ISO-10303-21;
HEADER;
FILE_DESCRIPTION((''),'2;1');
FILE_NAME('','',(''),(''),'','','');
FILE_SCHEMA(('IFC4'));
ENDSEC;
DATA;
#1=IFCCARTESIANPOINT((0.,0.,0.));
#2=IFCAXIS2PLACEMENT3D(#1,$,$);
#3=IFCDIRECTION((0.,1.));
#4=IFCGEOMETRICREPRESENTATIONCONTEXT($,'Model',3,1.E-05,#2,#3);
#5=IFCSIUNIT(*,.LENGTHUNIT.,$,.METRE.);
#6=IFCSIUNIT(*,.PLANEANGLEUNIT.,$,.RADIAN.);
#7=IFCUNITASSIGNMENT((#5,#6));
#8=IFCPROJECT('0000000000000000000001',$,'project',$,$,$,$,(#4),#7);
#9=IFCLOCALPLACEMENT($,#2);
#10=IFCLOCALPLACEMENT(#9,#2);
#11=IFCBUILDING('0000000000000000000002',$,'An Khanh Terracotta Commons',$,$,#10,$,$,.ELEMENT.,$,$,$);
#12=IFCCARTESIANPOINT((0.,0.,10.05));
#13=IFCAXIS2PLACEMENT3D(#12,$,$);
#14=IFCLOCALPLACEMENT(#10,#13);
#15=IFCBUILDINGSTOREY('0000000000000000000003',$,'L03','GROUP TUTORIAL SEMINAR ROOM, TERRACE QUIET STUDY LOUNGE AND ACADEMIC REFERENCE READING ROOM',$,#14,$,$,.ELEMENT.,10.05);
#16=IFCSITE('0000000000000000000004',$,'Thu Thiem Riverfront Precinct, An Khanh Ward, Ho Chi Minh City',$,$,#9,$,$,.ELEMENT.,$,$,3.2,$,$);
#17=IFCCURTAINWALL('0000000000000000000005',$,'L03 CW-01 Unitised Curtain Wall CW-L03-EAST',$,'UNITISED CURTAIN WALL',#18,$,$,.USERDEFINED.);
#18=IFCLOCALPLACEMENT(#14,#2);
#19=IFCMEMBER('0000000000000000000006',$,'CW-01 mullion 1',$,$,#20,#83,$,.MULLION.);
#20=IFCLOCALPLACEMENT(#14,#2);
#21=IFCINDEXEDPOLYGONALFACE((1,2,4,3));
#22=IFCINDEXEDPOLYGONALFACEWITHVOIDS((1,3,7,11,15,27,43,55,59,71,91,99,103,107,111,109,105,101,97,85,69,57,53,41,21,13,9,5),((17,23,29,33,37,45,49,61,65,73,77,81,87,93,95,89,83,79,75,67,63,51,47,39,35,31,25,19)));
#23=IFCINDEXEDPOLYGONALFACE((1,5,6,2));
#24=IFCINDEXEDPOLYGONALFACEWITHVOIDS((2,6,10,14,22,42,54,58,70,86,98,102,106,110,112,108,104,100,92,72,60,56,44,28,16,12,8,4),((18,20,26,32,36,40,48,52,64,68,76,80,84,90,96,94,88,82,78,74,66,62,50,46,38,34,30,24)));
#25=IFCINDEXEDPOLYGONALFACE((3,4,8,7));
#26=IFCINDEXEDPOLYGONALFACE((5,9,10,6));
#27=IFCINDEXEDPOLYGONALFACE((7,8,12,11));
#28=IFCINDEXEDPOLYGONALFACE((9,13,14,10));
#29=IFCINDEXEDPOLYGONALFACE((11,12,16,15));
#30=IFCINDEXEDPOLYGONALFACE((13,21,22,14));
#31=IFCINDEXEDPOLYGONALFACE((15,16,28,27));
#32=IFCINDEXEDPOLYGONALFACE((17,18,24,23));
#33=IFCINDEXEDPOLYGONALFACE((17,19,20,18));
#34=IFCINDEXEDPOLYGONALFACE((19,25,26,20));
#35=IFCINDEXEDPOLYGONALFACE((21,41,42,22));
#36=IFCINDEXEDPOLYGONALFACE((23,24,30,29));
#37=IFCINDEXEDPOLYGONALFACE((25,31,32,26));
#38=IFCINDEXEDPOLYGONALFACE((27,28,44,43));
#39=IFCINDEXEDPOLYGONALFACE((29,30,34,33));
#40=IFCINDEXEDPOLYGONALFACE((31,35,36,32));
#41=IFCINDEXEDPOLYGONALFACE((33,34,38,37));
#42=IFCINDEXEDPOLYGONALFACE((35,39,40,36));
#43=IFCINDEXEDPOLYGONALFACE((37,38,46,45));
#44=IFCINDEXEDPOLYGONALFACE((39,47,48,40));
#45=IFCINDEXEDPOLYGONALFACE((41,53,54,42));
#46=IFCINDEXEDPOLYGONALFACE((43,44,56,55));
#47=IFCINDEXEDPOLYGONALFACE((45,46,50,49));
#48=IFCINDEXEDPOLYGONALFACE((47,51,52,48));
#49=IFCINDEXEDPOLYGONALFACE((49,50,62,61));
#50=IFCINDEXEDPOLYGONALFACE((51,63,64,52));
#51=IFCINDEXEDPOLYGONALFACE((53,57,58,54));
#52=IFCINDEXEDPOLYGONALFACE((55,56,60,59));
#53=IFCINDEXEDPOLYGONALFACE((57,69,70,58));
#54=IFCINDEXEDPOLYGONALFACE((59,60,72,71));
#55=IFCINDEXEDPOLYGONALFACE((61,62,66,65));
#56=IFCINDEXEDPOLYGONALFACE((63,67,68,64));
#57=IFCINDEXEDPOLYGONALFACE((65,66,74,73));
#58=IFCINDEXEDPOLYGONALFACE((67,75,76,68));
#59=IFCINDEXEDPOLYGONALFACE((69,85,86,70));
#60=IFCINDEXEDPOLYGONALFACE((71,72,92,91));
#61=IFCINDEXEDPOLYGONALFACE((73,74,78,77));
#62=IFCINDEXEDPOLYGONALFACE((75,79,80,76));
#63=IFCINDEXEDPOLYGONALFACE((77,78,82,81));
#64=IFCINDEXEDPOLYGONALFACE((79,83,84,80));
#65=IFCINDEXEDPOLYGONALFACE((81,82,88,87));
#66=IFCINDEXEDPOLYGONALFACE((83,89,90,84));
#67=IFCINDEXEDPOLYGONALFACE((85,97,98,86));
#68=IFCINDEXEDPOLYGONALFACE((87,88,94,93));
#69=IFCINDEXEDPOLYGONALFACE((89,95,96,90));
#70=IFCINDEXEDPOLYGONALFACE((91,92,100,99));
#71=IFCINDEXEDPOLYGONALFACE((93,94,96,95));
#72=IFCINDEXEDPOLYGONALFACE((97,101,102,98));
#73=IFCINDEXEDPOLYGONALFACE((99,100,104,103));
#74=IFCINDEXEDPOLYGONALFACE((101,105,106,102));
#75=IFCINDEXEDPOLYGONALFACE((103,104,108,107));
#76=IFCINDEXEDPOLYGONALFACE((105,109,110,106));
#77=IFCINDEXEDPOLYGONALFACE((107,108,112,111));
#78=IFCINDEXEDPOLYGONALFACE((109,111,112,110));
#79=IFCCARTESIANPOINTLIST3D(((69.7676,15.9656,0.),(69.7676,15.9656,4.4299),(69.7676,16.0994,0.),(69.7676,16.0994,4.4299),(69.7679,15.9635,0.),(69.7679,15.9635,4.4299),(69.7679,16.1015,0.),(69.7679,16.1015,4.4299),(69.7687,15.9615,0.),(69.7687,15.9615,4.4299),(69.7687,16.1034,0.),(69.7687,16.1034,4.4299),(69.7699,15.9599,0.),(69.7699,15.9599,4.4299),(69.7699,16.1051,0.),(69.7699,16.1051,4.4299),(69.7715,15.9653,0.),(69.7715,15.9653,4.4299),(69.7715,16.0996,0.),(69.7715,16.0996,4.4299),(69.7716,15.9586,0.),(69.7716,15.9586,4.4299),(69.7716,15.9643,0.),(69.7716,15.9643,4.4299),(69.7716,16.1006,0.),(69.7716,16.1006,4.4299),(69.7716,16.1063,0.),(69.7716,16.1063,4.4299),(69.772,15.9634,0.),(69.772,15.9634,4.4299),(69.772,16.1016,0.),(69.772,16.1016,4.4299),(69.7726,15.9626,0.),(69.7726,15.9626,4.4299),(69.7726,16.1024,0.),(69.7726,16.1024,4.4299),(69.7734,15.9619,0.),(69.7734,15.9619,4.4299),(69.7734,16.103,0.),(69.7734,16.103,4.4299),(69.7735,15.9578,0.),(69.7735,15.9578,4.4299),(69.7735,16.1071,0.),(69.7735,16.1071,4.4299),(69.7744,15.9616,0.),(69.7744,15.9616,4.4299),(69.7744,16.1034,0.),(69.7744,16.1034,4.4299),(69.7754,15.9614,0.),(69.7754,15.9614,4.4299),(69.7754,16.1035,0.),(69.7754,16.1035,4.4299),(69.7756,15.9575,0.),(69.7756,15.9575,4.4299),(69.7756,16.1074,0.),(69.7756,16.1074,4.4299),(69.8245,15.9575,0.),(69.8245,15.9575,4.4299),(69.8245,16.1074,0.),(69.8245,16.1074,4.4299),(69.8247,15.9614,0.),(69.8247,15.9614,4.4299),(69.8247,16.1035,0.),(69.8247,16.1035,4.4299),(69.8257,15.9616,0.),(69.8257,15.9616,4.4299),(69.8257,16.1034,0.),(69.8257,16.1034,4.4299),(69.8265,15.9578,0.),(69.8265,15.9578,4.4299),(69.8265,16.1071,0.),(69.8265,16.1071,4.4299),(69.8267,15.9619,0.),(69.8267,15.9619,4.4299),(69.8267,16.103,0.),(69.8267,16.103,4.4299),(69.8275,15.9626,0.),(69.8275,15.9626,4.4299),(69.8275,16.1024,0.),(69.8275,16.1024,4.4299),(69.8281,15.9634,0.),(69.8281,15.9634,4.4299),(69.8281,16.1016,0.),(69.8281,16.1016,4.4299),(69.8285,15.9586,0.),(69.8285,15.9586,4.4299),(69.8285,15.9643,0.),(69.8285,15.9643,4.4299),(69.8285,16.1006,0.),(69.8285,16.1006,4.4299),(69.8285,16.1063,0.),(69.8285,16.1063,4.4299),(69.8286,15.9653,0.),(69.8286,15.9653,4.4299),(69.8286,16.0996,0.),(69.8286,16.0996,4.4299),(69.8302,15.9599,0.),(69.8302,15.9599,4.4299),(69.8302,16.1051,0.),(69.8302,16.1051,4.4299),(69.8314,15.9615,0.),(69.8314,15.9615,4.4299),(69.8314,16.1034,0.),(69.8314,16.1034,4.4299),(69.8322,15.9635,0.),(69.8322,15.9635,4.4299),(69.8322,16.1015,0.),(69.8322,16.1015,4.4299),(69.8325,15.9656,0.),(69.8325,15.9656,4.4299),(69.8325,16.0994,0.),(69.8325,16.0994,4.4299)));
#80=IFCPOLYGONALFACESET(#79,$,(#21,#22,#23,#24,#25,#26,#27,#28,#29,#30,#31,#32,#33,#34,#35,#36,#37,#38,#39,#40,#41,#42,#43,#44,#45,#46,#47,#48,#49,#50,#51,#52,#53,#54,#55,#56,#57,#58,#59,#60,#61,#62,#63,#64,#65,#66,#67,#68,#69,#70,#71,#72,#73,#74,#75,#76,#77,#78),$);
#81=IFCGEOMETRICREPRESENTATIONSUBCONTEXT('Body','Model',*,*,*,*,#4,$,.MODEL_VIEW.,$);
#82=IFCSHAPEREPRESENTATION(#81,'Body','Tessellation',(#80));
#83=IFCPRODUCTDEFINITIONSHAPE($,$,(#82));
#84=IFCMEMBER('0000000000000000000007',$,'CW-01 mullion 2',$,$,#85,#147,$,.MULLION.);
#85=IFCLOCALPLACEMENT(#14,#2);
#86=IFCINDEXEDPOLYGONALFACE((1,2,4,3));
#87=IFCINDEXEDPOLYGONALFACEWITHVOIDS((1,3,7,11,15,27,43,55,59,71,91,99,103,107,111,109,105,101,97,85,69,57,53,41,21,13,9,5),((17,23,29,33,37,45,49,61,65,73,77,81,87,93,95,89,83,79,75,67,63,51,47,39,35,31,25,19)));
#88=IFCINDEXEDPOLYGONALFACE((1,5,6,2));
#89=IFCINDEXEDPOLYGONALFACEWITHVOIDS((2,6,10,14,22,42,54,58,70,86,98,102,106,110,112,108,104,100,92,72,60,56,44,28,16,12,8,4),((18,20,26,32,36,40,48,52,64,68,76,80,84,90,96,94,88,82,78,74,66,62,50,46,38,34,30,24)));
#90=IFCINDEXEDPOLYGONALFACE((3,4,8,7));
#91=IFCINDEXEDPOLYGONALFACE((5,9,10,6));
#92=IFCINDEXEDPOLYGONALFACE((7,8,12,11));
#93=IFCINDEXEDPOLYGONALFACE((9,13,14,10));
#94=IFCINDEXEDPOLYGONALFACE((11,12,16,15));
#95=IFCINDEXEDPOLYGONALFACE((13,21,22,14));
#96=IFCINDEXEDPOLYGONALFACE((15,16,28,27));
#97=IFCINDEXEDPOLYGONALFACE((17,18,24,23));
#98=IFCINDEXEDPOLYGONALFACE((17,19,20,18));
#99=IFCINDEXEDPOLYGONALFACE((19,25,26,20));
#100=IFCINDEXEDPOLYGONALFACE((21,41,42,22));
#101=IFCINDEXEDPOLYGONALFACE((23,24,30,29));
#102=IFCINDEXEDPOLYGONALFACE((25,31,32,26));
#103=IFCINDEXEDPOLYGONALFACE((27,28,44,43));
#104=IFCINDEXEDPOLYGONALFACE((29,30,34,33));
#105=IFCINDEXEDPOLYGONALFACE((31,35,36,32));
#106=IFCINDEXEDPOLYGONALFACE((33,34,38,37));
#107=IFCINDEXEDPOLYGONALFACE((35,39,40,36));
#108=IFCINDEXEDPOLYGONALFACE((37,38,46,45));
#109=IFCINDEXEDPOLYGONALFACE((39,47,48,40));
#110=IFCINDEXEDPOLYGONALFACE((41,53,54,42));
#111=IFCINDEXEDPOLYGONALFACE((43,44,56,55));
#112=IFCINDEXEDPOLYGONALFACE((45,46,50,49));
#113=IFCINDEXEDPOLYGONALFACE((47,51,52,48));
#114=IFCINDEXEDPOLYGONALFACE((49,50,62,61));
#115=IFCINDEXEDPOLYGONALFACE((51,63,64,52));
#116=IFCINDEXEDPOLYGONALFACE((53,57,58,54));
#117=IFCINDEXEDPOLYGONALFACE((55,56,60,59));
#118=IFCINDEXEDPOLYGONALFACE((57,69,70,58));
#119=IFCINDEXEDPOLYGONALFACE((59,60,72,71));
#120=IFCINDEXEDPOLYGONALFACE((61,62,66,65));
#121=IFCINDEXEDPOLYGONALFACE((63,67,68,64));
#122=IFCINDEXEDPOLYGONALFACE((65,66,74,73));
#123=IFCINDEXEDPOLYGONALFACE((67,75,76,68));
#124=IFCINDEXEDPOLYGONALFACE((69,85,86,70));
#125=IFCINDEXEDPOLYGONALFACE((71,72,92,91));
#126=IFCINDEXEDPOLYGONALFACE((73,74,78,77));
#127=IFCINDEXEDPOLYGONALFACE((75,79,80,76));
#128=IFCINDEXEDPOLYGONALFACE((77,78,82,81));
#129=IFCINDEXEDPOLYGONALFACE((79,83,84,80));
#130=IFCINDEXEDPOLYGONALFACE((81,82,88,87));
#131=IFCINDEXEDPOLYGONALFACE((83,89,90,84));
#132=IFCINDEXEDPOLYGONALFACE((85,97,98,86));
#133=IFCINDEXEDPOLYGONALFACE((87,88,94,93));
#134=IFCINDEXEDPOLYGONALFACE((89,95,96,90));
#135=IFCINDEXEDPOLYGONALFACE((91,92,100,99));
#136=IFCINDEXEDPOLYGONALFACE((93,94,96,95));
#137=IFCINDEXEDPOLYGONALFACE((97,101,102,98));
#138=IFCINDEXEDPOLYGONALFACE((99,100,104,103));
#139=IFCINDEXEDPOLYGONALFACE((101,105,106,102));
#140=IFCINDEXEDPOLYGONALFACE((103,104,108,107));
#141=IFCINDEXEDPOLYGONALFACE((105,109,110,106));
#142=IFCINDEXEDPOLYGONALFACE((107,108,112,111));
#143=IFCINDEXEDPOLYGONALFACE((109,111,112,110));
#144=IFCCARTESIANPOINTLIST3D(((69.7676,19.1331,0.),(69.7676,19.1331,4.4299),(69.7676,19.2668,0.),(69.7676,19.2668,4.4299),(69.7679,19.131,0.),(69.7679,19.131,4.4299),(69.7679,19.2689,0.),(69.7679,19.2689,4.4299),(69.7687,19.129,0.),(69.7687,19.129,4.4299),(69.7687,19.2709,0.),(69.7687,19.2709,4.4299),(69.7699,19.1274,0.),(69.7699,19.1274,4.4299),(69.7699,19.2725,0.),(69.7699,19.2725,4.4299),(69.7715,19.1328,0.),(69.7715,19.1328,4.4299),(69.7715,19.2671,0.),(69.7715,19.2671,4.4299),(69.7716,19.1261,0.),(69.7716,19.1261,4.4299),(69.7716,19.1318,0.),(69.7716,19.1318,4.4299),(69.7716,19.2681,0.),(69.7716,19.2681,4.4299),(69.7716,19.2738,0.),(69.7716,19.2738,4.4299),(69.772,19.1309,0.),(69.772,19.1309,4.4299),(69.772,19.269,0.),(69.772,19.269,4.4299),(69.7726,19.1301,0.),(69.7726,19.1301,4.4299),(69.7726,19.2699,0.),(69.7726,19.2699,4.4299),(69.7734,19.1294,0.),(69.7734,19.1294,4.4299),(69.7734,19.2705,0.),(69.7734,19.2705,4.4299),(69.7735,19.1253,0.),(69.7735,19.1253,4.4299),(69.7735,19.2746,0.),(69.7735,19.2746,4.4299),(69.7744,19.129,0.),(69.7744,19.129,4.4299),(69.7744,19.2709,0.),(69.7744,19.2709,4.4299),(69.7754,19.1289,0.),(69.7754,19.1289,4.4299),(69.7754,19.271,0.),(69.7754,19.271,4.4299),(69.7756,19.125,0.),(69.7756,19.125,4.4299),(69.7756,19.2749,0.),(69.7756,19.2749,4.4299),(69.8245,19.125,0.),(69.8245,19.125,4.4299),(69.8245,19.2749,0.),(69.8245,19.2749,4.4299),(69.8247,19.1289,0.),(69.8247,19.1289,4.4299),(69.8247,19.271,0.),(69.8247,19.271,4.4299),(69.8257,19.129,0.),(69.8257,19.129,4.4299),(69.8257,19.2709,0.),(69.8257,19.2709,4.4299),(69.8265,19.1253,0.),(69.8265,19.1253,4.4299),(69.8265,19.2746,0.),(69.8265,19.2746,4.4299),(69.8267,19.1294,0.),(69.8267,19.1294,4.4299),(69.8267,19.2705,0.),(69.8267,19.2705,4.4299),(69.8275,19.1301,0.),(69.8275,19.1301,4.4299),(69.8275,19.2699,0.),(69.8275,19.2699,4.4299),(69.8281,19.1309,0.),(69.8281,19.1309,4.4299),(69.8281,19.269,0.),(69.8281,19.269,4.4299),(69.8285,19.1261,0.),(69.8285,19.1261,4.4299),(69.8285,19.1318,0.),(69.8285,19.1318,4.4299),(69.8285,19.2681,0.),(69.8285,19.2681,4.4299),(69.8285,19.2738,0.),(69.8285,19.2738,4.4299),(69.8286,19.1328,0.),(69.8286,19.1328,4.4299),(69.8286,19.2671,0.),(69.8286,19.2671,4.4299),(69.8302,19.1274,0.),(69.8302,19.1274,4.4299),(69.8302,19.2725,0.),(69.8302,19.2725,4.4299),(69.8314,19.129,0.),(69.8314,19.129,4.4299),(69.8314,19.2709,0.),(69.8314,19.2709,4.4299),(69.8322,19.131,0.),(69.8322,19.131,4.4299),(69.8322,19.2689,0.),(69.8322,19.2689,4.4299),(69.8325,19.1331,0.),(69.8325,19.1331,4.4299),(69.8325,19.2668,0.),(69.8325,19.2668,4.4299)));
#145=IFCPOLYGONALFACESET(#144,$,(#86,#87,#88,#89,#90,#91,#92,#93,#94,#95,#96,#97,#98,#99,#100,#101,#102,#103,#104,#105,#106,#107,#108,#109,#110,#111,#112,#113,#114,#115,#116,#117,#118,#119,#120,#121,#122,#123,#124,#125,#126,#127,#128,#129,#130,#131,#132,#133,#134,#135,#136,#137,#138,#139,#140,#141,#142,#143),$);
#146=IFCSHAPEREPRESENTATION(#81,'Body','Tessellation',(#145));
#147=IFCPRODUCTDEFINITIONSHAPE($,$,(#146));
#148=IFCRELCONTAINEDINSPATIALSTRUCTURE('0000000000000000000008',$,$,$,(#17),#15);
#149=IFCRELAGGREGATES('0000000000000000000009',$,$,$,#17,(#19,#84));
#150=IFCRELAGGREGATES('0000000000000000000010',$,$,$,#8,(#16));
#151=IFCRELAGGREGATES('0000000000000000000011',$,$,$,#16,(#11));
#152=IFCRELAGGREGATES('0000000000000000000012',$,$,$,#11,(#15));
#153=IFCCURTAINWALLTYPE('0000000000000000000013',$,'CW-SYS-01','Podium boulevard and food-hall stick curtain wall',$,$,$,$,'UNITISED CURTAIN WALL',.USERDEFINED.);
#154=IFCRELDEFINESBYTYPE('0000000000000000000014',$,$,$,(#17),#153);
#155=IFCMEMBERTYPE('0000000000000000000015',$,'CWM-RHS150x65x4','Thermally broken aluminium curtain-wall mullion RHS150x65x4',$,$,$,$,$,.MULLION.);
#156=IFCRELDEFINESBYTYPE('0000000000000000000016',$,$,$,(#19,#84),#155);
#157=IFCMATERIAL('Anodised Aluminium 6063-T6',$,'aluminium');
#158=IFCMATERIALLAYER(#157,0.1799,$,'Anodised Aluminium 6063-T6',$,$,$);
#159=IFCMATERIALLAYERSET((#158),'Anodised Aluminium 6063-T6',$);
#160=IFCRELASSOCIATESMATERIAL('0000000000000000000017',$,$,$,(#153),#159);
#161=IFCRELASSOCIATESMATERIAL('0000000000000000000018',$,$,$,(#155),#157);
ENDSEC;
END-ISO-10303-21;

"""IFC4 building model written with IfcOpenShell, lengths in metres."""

from ifc_helpers import new_model, si_unit, direction, frame, origin, origin_2d, place, context, subcontext, project, spatial, hollow_rectangle, extrude, material, layer, layer_set, material_profile, profile_set, type_object, element, aggregate, save


model = new_model("IFC4")

# Units and contexts
model_context = context("Model", 3, precision=1e-05, world=origin(), true_north=direction((0.0, 1.0)))
body_context = subcontext(model_context, "Body", "Model", "MODEL_VIEW")
ifc_project = project(units=[si_unit("LENGTHUNIT", "METRE"), si_unit("PLANEANGLEUNIT", "RADIAN")], contexts=[model_context])

# Site, building, storey
site_placement = place(None, origin())
site = spatial("IfcSite", under=ifc_project, at=site_placement, Name="Thu Thiem Riverfront Precinct, An Khanh Ward, Ho Chi Minh City", CompositionType="ELEMENT", RefElevation=3.2)
building_placement = place(site_placement, origin())
building = spatial("IfcBuilding", under=site, at=building_placement, Name="An Khanh Terracotta Commons", CompositionType="ELEMENT")
storey_placement = place(building_placement, frame((0.0, 0.0, 10.05)))
storey = spatial("IfcBuildingStorey", under=building, at=storey_placement, Name="L03", Description="GROUP TUTORIAL SEMINAR ROOM, TERRACE QUIET STUDY LOUNGE AND ACADEMIC REFERENCE READING ROOM", CompositionType="ELEMENT", Elevation=10.05)

# Curtain wall, members
ifc_material_1 = material(Name="Anodised Aluminium 6063-T6", Category="aluminium")
ifc_layer_1 = layer(ifc_material_1, 0.1799, Name="Anodised Aluminium 6063-T6")
ifc_layer_set_1 = layer_set([ifc_layer_1], Name="Anodised Aluminium 6063-T6")
curtain_wall_type = type_object("IfcCurtainWallType", Name="CW-SYS-01", Description="Podium boulevard and food-hall stick curtain wall", ElementType="UNITISED CURTAIN WALL", PredefinedType="USERDEFINED", material=ifc_layer_set_1)
curtain_wall_placement = place(storey_placement, origin())
curtain_wall = element("IfcCurtainWall", 1, at=curtain_wall_placement, inside=storey, type_object=curtain_wall_type, Name="L03 CW-01 Unitised Curtain Wall CW-L03-EAST", ObjectType="UNITISED CURTAIN WALL", PredefinedType="USERDEFINED")
ifc_material_profile_1 = material_profile(ifc_material_1, hollow_rectangle(XDim=0.0649, YDim=0.1499, WallThickness=0.0039, InnerFilletRadius=0.0039, OuterFilletRadius=0.0081, at=origin_2d()), Name="RHS150x65x4")
ifc_profile_set_1 = profile_set([ifc_material_profile_1], Name="Anodised Aluminium 6063-T6")
member_type_1 = type_object("IfcMemberType", Name="CWM-RHS150x65x4", Description="Thermally broken aluminium curtain-wall mullion RHS150x65x4", PredefinedType="MULLION", material=ifc_profile_set_1)
member_1_placement = place(storey_placement, frame((69.8, 16.0325, 0.0), z_axis=(0.0, 0.0, 1.0), x_axis=(-1.0, 0.0, 0.0)))
member_1 = element("IfcMember", 2, at=member_1_placement, type_object=member_type_1, Name="CW-01 mullion 1", PredefinedType="MULLION", context=body_context, shape_type="SweptSolid", body=[
    extrude(hollow_rectangle(XDim=0.0649, YDim=0.1499, WallThickness=0.0039, InnerFilletRadius=0.0039, OuterFilletRadius=0.0081, at=origin_2d()), origin(), (0.0, 0.0, 1.0), 4.4299),
])
member_2_placement = place(storey_placement, frame((69.8, 19.2, 0.0), z_axis=(0.0, 0.0, 1.0), x_axis=(-1.0, 0.0, 0.0)))
member_2 = element("IfcMember", 3, at=member_2_placement, type_object=member_type_1, Name="CW-01 mullion 2", PredefinedType="MULLION", context=body_context, shape_type="SweptSolid", body=[
    extrude(hollow_rectangle(XDim=0.0649, YDim=0.1499, WallThickness=0.0039, InnerFilletRadius=0.0039, OuterFilletRadius=0.0081, at=origin_2d()), origin(), (0.0, 0.0, 1.0), 4.4299),
])
aggregate(curtain_wall, [member_1, member_2])

save(model, "model.ifc")
